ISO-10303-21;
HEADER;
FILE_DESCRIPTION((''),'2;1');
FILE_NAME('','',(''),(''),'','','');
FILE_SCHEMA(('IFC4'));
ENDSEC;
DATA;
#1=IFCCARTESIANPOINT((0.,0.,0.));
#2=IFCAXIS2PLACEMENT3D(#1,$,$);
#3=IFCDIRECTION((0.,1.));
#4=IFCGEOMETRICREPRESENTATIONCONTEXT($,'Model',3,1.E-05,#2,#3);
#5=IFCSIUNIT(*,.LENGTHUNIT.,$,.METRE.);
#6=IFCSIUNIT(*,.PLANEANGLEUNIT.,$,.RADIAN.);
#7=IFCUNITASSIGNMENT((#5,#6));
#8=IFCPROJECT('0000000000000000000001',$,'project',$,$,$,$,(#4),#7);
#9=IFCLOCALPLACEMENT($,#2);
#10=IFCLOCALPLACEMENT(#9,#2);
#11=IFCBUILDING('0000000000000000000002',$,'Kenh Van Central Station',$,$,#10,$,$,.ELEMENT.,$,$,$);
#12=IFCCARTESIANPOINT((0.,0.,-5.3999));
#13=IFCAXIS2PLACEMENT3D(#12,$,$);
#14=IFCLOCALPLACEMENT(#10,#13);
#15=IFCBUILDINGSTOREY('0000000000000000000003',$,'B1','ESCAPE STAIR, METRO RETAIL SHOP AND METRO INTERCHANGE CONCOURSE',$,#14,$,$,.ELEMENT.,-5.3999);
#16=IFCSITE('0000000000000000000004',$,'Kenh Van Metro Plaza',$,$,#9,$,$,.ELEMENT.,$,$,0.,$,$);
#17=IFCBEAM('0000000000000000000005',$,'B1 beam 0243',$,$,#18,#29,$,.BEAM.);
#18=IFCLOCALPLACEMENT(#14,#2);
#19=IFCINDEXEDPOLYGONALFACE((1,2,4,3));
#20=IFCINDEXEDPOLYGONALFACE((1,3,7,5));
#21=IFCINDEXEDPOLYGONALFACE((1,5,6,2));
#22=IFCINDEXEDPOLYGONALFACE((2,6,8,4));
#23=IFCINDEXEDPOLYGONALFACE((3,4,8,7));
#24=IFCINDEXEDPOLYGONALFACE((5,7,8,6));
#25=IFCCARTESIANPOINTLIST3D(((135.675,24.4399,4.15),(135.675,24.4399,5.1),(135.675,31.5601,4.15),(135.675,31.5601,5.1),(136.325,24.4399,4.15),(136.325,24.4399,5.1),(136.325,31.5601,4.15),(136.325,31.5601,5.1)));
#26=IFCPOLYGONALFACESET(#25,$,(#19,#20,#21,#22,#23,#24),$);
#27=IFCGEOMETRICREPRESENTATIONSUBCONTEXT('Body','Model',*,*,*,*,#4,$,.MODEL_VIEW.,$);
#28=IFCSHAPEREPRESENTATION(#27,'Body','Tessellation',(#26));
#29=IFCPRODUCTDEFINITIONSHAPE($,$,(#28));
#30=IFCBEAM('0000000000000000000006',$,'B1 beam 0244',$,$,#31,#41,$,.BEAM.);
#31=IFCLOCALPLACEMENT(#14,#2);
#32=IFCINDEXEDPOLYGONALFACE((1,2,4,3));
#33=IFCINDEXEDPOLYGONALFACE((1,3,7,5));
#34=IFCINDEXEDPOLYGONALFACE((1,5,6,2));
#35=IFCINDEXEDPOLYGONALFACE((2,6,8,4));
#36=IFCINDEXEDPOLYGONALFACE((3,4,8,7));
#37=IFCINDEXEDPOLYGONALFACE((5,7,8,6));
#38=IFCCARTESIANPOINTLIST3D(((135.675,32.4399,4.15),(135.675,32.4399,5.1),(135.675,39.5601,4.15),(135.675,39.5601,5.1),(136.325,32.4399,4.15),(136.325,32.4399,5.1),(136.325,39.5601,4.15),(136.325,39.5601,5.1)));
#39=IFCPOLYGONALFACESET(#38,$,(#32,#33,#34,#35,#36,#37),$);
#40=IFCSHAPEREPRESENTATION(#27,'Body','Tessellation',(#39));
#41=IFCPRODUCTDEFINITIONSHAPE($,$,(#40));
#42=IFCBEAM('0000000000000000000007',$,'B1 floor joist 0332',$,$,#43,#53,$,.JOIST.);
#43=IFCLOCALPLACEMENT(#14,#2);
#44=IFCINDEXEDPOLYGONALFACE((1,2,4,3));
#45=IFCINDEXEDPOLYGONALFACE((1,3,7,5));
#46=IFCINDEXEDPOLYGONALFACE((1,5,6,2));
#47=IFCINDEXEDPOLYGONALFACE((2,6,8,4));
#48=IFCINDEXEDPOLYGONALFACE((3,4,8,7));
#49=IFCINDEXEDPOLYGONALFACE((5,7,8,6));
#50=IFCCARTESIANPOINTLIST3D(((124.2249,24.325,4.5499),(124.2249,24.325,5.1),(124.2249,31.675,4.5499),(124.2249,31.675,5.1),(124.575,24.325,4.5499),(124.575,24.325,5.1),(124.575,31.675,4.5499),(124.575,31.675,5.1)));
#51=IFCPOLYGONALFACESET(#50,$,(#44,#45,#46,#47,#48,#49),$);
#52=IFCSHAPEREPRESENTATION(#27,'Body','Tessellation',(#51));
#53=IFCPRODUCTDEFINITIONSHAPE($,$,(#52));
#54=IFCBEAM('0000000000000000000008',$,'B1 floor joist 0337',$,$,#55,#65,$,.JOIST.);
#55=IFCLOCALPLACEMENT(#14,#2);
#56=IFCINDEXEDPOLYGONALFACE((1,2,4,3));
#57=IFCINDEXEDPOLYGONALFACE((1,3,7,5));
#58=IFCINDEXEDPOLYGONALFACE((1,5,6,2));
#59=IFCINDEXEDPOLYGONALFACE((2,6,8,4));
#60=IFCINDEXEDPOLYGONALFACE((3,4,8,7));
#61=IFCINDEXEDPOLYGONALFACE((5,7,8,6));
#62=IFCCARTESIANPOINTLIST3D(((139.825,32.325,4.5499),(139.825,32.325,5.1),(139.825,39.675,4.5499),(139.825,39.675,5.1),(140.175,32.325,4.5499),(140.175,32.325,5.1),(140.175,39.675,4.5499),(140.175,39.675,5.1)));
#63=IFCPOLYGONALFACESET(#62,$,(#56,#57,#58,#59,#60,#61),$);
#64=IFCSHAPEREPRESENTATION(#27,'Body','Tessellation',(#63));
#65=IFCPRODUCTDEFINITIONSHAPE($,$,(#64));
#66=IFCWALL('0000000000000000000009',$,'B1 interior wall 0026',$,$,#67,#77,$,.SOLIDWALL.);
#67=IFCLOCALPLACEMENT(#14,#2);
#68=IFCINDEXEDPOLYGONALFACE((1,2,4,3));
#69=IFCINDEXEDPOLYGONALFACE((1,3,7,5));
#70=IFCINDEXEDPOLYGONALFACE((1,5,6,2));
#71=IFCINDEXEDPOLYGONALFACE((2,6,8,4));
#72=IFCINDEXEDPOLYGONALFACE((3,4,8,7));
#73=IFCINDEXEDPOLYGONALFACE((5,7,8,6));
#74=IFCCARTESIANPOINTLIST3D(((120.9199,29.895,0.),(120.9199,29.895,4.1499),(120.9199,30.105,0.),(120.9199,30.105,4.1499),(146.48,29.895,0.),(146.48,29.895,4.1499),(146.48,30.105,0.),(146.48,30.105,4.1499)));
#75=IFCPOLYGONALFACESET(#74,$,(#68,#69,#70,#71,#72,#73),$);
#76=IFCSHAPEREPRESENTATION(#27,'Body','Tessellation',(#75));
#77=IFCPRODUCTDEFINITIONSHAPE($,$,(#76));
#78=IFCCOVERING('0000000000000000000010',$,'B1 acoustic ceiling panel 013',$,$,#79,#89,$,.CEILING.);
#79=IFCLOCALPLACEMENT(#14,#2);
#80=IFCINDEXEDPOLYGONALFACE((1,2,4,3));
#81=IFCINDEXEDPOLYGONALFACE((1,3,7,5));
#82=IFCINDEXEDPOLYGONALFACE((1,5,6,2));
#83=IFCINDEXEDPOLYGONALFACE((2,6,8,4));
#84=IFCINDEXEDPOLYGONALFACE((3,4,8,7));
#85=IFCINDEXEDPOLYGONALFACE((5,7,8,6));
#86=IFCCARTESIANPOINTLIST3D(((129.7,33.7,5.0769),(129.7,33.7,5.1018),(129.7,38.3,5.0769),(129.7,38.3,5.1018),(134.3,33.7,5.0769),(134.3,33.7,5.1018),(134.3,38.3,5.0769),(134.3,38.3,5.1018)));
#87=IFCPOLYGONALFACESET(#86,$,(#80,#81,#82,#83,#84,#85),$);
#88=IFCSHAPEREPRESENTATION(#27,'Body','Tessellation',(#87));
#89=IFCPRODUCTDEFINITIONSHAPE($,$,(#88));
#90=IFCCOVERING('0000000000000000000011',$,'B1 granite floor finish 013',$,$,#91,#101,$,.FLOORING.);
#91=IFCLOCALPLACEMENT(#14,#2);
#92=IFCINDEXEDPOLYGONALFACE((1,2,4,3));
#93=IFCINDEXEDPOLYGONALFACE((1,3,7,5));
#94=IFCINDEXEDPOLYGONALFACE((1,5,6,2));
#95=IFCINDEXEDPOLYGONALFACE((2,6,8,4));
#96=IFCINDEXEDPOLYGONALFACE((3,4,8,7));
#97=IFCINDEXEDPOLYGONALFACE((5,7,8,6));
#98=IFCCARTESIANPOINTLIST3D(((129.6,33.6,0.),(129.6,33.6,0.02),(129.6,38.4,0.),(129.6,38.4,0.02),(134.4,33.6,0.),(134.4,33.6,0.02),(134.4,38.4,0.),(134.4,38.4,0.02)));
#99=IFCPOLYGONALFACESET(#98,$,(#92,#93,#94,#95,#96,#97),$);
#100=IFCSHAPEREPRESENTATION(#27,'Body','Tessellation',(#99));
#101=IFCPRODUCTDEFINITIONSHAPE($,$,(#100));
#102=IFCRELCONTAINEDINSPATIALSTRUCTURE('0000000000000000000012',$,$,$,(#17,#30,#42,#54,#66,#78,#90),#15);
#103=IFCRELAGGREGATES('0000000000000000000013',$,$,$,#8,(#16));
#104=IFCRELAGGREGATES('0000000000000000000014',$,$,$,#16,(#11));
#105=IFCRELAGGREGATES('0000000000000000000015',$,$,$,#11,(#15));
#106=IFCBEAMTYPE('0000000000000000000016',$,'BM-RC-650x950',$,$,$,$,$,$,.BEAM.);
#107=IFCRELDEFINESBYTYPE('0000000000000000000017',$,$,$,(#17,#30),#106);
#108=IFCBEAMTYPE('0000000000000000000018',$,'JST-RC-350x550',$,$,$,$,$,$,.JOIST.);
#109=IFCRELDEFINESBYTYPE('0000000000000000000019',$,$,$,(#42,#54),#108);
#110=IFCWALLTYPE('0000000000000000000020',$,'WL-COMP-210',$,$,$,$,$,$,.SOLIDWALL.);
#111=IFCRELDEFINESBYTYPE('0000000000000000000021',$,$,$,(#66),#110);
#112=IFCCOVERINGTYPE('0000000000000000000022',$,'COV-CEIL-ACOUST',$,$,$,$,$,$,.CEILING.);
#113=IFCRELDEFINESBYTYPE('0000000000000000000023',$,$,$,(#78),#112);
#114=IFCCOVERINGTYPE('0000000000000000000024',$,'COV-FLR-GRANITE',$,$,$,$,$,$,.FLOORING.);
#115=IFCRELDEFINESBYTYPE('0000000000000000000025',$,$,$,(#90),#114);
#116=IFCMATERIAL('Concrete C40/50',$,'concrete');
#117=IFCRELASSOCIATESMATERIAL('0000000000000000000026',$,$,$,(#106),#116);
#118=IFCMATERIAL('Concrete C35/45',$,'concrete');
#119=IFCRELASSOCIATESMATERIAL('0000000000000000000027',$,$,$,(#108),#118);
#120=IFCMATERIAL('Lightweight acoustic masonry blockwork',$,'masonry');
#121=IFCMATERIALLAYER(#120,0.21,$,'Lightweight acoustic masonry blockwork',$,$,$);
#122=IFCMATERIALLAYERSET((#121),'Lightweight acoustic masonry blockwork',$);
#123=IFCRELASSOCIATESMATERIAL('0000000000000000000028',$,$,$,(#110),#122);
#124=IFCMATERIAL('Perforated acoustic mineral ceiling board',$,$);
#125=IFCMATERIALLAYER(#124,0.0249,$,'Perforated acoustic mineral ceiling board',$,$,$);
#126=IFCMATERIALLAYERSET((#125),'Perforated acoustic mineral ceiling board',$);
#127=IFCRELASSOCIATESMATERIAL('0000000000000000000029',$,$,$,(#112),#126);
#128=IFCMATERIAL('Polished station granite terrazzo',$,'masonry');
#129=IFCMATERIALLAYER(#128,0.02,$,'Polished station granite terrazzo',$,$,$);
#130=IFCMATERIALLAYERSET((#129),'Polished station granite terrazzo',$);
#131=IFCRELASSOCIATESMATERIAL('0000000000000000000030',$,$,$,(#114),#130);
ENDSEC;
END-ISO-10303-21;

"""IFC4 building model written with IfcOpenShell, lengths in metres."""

from ifc_helpers import new_model, si_unit, direction, frame, frame_2d, origin, origin_2d, place, context, subcontext, project, spatial, rectangle, extrude, material, layer, layer_set, material_profile, profile_set, type_object, element, save


model = new_model("IFC4")

# Units and contexts
model_context = context("Model", 3, precision=1e-05, world=origin(), true_north=direction((0.0, 1.0)))
body_context = subcontext(model_context, "Body", "Model", "MODEL_VIEW")
ifc_project = project(units=[si_unit("LENGTHUNIT", "METRE"), si_unit("PLANEANGLEUNIT", "RADIAN")], contexts=[model_context])

# Site, building, storey
site_placement = place(None, origin())
site = spatial("IfcSite", under=ifc_project, at=site_placement, Name="Kenh Van Metro Plaza", CompositionType="ELEMENT", RefElevation=0.0)
building_placement = place(site_placement, origin())
building = spatial("IfcBuilding", under=site, at=building_placement, Name="Kenh Van Central Station", CompositionType="ELEMENT")
storey_placement = place(building_placement, frame((0.0, 0.0, -5.3999)))
storey = spatial("IfcBuildingStorey", under=building, at=storey_placement, Name="B1", Description="ESCAPE STAIR, METRO RETAIL SHOP AND METRO INTERCHANGE CONCOURSE", CompositionType="ELEMENT", Elevation=-5.3999)

# Shared definitions
ifc_material_1 = material(Name="Concrete C40/50", Category="concrete")

# Beams
ifc_material_profile_1 = material_profile(ifc_material_1, rectangle(XDim=0.6499, YDim=0.95, at=origin_2d()), Name="RC 650x950")
ifc_profile_set_1 = profile_set([ifc_material_profile_1], Name="Concrete C40/50")
beam_type_1 = type_object("IfcBeamType", Name="BM-RC-650x950", PredefinedType="BEAM", material=ifc_profile_set_1)
for number, where, z_axis, x_axis, name in (
    (1, (136.0, 24.4399, 4.625), (0.0, 1.0, 0.0), (-1.0, 0.0, 0.0), "B1 beam 0243"),
    (2, (136.0, 32.4399, 4.625), (0.0, 1.0, 0.0), (-1.0, 0.0, 0.0), "B1 beam 0244"),
):
    element("IfcBeam", number, at=place(storey_placement, frame(where, z_axis=z_axis, x_axis=x_axis)), inside=storey, type_object=beam_type_1, Name=name, PredefinedType="BEAM", context=body_context, shape_type="SweptSolid", body=[
        extrude(rectangle(XDim=0.6499, YDim=0.95, at=origin_2d()), origin(), (0.0, 0.0, 1.0), 7.1201),
    ])
ifc_material_2 = material(Name="Concrete C35/45", Category="concrete")
ifc_material_profile_2 = material_profile(ifc_material_2, rectangle(XDim=0.3501, YDim=0.55, at=origin_2d()), Name="RC 350x550")
ifc_profile_set_2 = profile_set([ifc_material_profile_2], Name="Concrete C35/45")
beam_type_2 = type_object("IfcBeamType", Name="JST-RC-350x550", PredefinedType="JOIST", material=ifc_profile_set_2)
for number, where, z_axis, x_axis, name in (
    (3, (124.3999, 24.325, 4.825), (0.0, 1.0, 0.0), (-1.0, 0.0, 0.0), "B1 floor joist 0332"),
    (4, (140.0, 32.325, 4.825), (0.0, 1.0, 0.0), (-1.0, 0.0, 0.0), "B1 floor joist 0337"),
):
    element("IfcBeam", number, at=place(storey_placement, frame(where, z_axis=z_axis, x_axis=x_axis)), inside=storey, type_object=beam_type_2, Name=name, PredefinedType="JOIST", context=body_context, shape_type="SweptSolid", body=[
        extrude(rectangle(XDim=0.3501, YDim=0.55, at=origin_2d()), origin(), (0.0, 0.0, 1.0), 7.3501),
    ])

# Wall
ifc_material_3 = material(Name="Lightweight acoustic masonry blockwork", Category="masonry")
ifc_layer_1 = layer(ifc_material_3, 0.21, Name="Lightweight acoustic masonry blockwork")
ifc_layer_set_1 = layer_set([ifc_layer_1], Name="Lightweight acoustic masonry blockwork")
wall_type = type_object("IfcWallType", Name="WL-COMP-210", PredefinedType="SOLIDWALL", material=ifc_layer_set_1)
wall_placement = place(storey_placement, frame((120.9199, 30.0, 0.0), z_axis=(0.0, 0.0, 1.0), x_axis=(1.0, 0.0, 0.0)))
element("IfcWall", 5, at=wall_placement, inside=storey, type_object=wall_type, Name="B1 interior wall 0026", PredefinedType="SOLIDWALL", context=body_context, shape_type="SweptSolid", body=[
    extrude(rectangle(XDim=25.5601, YDim=0.21, at=frame_2d((12.78, 0.0))), origin(), (0.0, 0.0, 1.0), 4.1499),
])

# Coverings
ifc_material_4 = material(Name="Perforated acoustic mineral ceiling board")
ifc_layer_2 = layer(ifc_material_4, 0.0249, Name="Perforated acoustic mineral ceiling board")
ifc_layer_set_2 = layer_set([ifc_layer_2], Name="Perforated acoustic mineral ceiling board")
covering_type_1 = type_object("IfcCoveringType", Name="COV-CEIL-ACOUST", PredefinedType="CEILING", material=ifc_layer_set_2)
covering_1_placement = place(storey_placement, frame((132.0, 36.0, 5.0769), z_axis=(0.0, 0.0, 1.0), x_axis=(1.0, 0.0, 0.0)))
element("IfcCovering", 6, at=covering_1_placement, inside=storey, type_object=covering_type_1, Name="B1 acoustic ceiling panel 013", PredefinedType="CEILING", context=body_context, shape_type="SweptSolid", body=[
    extrude(rectangle(XDim=4.6001, YDim=4.6001, at=origin_2d()), origin(), (0.0, 0.0, 1.0), 0.0249),
])
ifc_material_5 = material(Name="Polished station granite terrazzo", Category="masonry")
ifc_layer_3 = layer(ifc_material_5, 0.02, Name="Polished station granite terrazzo")
ifc_layer_set_3 = layer_set([ifc_layer_3], Name="Polished station granite terrazzo")
covering_type_2 = type_object("IfcCoveringType", Name="COV-FLR-GRANITE", PredefinedType="FLOORING", material=ifc_layer_set_3)
covering_2_placement = place(storey_placement, frame((132.0, 36.0, 0.0), z_axis=(0.0, 0.0, 1.0), x_axis=(1.0, 0.0, 0.0)))
element("IfcCovering", 7, at=covering_2_placement, inside=storey, type_object=covering_type_2, Name="B1 granite floor finish 013", PredefinedType="FLOORING", context=body_context, shape_type="SweptSolid", body=[
    extrude(rectangle(XDim=4.8, YDim=4.8, at=origin_2d()), origin(), (0.0, 0.0, 1.0), 0.02),
])

save(model, "model.ifc")
